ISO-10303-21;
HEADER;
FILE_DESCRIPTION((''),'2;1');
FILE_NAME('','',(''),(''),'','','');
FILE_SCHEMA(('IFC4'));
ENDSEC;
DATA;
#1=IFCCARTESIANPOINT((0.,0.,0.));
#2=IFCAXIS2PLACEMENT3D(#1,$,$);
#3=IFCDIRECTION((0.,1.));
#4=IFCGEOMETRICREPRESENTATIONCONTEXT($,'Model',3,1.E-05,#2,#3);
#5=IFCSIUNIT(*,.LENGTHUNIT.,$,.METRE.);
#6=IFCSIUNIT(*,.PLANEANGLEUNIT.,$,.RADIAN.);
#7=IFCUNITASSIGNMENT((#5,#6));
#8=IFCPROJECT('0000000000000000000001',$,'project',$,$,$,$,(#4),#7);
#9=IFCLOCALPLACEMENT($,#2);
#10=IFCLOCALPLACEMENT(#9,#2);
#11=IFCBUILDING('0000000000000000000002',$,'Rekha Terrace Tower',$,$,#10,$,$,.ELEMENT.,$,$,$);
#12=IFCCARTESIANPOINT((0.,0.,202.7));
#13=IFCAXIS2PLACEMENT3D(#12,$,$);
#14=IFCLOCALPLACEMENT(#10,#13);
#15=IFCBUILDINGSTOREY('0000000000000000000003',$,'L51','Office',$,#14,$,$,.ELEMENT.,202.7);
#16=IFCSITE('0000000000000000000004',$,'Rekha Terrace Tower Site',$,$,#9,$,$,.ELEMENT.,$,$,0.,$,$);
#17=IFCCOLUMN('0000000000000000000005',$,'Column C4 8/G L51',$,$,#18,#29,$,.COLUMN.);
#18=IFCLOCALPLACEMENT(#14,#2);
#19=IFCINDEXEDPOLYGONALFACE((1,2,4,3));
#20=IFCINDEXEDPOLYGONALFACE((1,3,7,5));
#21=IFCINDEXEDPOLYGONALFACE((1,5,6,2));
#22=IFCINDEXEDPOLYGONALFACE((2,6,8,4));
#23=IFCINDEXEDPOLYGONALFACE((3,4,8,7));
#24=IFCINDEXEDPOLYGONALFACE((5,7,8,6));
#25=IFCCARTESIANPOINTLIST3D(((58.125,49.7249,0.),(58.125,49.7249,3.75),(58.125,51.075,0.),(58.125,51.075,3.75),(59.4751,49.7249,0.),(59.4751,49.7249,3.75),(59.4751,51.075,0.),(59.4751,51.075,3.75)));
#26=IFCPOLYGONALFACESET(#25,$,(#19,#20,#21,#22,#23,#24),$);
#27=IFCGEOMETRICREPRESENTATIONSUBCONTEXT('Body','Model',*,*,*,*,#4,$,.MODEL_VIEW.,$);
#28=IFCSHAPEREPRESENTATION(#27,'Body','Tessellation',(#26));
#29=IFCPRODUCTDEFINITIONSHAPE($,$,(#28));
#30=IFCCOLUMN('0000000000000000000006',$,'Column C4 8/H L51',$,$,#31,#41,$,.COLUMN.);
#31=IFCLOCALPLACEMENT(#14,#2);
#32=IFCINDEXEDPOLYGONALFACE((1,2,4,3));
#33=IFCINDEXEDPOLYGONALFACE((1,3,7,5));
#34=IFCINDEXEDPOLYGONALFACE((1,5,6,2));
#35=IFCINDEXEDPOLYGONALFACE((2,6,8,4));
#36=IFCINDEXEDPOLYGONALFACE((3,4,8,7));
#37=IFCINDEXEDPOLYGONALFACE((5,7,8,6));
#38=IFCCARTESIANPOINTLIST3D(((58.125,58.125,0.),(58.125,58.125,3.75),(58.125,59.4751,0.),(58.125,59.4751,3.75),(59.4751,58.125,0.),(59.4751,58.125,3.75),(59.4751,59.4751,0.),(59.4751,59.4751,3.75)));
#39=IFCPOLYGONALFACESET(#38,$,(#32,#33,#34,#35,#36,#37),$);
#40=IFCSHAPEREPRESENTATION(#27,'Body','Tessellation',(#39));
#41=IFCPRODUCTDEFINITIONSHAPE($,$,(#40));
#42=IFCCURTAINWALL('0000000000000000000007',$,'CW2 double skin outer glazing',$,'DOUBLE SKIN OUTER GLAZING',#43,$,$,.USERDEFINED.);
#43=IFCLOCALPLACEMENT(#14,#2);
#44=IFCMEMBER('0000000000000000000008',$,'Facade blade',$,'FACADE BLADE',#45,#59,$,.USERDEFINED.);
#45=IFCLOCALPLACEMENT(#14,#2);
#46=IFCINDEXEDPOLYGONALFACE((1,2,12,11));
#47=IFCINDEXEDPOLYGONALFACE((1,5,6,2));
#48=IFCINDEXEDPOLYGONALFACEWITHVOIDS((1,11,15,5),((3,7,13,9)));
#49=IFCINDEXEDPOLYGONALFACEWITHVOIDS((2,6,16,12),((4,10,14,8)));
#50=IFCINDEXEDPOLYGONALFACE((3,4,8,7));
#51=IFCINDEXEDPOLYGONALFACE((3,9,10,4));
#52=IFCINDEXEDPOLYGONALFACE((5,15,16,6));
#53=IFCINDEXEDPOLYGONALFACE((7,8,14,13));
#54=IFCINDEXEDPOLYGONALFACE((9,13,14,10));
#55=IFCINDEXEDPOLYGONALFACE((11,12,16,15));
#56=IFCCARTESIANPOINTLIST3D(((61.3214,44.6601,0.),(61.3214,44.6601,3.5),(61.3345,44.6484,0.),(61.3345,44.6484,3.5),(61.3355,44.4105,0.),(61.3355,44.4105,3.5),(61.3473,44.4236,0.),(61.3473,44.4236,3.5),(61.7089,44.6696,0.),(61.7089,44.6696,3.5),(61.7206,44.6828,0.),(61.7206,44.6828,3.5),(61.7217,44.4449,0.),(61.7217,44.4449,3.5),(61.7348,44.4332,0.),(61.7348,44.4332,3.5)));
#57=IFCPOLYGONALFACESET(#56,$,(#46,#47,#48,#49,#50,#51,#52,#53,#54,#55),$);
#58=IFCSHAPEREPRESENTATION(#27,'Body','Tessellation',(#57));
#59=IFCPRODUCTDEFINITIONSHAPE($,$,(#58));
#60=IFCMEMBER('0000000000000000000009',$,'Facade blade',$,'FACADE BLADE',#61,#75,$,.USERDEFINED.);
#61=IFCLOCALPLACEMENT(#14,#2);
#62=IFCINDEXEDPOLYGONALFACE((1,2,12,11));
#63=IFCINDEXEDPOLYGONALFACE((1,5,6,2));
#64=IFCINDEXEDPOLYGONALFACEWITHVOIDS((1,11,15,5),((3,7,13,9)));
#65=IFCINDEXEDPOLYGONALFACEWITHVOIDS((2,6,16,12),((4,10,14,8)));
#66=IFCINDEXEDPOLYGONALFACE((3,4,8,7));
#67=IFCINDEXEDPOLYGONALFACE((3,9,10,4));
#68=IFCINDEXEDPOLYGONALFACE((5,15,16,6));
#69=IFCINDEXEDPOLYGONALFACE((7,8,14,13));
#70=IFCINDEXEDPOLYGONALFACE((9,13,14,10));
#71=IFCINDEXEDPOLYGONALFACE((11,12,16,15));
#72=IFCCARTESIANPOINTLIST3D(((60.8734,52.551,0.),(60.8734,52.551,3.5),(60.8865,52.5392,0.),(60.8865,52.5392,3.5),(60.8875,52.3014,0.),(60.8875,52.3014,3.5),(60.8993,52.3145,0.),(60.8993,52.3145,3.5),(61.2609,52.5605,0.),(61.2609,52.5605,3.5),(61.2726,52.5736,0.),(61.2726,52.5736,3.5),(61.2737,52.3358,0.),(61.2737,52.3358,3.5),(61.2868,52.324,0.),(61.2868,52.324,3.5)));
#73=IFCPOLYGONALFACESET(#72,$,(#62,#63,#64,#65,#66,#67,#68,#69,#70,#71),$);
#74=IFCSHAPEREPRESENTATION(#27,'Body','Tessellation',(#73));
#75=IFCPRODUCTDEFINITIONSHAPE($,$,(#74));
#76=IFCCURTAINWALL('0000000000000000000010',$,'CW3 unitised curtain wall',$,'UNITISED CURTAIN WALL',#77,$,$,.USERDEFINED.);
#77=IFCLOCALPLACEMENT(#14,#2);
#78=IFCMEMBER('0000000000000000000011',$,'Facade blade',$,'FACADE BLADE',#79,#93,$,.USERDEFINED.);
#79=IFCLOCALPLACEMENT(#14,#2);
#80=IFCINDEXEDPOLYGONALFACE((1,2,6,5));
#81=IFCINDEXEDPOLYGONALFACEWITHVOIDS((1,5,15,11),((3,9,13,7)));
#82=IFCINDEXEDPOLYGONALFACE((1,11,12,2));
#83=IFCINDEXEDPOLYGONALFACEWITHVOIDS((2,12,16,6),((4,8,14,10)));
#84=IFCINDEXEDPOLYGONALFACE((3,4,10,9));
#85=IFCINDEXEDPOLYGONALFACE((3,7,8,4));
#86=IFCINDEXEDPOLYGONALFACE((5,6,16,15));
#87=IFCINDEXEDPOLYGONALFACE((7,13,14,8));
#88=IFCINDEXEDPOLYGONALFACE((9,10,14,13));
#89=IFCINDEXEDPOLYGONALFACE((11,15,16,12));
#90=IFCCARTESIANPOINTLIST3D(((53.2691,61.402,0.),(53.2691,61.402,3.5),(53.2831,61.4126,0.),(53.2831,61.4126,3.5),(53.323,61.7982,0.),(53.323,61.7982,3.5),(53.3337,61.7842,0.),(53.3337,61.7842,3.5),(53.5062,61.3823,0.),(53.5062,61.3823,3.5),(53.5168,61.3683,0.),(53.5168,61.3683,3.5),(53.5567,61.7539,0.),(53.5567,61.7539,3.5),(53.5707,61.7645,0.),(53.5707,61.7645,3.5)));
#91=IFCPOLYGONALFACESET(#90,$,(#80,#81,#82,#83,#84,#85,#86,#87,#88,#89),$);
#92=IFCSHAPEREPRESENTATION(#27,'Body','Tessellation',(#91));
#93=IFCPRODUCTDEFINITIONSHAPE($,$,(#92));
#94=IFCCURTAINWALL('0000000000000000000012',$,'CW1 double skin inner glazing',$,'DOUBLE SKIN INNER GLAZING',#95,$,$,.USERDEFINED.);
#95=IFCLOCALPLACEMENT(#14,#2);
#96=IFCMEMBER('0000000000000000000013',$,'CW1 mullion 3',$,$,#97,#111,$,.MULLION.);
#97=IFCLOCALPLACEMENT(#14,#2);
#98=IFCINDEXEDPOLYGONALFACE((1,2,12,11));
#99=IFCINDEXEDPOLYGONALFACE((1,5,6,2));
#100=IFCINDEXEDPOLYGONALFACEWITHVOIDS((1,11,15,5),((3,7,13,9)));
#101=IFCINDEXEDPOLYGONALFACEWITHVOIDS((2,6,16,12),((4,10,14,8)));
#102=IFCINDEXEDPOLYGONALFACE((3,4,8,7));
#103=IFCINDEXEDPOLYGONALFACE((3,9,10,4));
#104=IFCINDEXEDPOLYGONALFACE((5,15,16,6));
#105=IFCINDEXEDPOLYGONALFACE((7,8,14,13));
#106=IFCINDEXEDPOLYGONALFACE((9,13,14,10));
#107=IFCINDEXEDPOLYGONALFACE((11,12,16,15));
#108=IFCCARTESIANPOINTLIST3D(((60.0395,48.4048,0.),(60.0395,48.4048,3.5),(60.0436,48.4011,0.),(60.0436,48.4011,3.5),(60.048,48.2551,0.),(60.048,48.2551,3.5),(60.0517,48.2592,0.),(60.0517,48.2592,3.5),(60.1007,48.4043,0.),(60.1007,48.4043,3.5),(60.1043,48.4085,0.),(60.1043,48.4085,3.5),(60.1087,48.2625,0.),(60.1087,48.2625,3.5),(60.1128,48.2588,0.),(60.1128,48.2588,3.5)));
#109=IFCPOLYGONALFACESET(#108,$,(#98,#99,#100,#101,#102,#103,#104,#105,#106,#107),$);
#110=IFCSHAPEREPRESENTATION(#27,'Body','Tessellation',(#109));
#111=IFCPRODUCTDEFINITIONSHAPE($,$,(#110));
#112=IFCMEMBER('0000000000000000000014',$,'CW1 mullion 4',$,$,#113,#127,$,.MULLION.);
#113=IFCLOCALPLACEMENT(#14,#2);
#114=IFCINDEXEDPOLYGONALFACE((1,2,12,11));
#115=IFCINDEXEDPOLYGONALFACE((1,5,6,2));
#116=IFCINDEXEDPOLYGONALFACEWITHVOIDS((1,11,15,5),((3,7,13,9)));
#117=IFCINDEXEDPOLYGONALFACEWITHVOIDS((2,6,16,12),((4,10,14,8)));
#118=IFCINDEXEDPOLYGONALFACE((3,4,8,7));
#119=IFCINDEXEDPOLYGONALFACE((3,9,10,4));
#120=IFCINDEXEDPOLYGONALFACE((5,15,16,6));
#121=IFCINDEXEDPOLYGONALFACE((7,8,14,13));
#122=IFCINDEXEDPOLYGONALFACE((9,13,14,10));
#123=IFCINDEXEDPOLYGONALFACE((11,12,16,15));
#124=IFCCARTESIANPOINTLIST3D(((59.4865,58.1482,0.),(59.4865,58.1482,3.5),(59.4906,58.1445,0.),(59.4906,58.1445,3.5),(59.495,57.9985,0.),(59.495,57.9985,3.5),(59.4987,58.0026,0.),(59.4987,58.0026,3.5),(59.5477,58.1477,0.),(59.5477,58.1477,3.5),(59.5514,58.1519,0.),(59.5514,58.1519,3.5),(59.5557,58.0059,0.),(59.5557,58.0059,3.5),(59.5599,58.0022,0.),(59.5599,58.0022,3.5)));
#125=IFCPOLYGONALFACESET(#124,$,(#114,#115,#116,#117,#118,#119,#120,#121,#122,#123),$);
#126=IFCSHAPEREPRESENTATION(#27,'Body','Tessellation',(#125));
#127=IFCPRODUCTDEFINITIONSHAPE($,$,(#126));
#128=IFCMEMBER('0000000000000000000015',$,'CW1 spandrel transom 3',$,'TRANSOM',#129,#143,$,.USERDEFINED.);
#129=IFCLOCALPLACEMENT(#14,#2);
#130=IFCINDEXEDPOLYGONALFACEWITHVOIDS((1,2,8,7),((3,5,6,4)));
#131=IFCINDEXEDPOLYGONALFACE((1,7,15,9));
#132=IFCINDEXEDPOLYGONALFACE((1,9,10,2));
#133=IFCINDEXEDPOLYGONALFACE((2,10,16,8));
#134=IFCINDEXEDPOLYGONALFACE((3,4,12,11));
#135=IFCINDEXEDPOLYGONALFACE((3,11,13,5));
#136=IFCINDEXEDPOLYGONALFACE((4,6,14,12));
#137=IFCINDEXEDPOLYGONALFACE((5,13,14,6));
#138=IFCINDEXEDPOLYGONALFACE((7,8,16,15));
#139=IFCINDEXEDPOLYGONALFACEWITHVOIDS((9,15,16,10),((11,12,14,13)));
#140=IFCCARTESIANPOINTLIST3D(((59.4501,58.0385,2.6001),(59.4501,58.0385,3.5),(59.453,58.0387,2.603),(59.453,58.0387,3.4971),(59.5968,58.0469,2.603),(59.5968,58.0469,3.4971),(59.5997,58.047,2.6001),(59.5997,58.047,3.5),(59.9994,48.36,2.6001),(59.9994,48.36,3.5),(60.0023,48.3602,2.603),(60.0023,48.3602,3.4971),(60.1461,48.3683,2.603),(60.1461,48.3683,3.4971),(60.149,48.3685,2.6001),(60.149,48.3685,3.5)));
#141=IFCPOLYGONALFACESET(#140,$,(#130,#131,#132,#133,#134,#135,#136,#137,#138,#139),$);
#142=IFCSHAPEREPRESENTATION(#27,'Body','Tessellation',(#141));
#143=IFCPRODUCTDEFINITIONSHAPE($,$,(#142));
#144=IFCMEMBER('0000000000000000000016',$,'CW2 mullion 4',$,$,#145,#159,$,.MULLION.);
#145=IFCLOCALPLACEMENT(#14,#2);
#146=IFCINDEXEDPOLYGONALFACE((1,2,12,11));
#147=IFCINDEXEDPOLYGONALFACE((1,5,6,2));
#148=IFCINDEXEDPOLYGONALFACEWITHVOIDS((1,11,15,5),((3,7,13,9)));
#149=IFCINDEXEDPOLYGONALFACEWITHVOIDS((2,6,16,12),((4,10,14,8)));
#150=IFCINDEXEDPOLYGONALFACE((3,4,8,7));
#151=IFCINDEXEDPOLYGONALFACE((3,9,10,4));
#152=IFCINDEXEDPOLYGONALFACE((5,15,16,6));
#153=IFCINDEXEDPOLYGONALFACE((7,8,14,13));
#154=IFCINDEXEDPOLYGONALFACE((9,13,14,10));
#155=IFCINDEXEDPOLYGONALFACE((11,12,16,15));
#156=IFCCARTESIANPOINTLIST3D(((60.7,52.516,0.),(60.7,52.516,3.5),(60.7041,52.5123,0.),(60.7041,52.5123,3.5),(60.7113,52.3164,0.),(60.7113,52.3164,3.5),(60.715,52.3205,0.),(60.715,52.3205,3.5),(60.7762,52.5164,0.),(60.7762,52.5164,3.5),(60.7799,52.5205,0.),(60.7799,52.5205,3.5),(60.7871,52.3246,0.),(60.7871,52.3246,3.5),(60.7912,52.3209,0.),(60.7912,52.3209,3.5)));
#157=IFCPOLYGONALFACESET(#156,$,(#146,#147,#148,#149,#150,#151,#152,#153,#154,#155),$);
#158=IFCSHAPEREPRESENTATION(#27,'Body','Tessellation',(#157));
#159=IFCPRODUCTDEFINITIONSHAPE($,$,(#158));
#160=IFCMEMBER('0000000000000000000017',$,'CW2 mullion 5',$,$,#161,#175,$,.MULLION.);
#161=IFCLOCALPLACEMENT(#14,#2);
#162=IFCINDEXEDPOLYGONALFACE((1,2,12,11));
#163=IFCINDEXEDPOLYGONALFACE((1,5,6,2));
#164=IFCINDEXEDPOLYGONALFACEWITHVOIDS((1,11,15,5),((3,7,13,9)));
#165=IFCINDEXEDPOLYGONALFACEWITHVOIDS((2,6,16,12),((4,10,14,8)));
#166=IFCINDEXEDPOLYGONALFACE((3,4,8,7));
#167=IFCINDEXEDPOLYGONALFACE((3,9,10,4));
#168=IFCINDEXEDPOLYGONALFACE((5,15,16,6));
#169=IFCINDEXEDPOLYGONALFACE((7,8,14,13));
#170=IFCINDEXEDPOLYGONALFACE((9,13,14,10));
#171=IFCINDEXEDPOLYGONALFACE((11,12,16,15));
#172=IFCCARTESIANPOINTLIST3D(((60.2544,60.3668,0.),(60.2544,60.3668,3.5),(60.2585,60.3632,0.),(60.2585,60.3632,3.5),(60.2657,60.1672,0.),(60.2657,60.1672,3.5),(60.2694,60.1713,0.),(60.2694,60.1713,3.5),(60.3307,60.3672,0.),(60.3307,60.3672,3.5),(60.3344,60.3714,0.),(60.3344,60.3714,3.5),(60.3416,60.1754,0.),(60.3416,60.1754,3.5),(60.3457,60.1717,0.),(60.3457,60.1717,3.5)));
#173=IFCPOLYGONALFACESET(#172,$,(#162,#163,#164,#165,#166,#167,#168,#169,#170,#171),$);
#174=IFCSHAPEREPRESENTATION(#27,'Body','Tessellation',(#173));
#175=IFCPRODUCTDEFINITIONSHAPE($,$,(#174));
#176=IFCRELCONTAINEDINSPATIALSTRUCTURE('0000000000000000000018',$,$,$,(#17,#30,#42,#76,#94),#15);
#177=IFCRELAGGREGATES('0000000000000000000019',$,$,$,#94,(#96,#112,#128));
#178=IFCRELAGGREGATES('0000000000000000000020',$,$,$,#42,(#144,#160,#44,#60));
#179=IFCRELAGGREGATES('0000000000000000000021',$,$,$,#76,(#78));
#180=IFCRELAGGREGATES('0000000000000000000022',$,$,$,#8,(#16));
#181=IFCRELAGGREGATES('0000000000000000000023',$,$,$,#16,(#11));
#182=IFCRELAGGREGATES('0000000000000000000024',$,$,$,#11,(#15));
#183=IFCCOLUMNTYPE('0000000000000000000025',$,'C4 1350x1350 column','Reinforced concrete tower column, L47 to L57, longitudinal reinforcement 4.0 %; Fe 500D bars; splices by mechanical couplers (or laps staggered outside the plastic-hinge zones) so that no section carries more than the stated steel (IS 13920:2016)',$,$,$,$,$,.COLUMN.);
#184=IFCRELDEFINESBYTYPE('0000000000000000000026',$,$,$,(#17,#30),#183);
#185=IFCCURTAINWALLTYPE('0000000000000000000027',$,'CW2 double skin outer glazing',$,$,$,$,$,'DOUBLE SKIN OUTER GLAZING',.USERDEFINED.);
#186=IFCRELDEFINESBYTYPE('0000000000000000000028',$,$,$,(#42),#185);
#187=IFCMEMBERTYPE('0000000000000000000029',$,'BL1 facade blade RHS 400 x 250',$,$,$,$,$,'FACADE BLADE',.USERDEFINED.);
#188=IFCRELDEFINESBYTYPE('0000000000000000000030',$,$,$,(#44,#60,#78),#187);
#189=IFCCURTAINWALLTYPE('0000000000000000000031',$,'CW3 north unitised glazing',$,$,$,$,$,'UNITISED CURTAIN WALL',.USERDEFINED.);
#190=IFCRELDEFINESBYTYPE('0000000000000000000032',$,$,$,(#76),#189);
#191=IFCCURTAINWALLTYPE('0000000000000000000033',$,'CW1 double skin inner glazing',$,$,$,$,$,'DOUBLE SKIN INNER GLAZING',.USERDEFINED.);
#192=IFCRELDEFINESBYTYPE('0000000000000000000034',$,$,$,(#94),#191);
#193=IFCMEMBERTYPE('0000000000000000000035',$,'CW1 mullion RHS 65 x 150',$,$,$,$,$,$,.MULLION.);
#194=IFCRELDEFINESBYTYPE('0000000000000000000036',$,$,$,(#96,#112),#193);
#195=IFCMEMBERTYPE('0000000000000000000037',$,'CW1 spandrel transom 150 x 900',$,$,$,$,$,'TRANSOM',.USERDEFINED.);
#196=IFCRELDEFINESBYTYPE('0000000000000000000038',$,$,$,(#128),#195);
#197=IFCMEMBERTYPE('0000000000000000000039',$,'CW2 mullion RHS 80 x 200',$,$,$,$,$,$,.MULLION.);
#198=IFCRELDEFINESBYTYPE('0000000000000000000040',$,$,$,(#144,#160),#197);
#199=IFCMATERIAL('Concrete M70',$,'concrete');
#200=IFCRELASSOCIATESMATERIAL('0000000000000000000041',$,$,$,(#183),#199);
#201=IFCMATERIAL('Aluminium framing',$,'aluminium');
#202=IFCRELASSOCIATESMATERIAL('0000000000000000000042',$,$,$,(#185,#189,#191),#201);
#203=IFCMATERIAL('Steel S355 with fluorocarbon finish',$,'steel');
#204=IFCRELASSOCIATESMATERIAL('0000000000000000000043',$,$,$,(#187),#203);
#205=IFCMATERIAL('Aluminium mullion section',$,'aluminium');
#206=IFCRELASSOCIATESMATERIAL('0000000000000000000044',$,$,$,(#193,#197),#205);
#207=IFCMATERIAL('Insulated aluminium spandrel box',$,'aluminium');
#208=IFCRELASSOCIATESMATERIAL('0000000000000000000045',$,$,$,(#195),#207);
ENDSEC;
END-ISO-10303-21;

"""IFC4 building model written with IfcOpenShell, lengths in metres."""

from ifc_helpers import new_model, si_unit, direction, frame, origin, origin_2d, place, context, subcontext, project, spatial, rectangle, hollow_rectangle, extrude, material, material_profile, profile_set, type_object, element, aggregate, save


model = new_model("IFC4")

# Units and contexts
model_context = context("Model", 3, precision=1e-05, world=origin(), true_north=direction((0.0, 1.0)))
body_context = subcontext(model_context, "Body", "Model", "MODEL_VIEW")
ifc_project = project(units=[si_unit("LENGTHUNIT", "METRE"), si_unit("PLANEANGLEUNIT", "RADIAN")], contexts=[model_context])

# Site, building, storey
site_placement = place(None, origin())
site = spatial("IfcSite", under=ifc_project, at=site_placement, Name="Rekha Terrace Tower Site", CompositionType="ELEMENT", RefElevation=0.0)
building_placement = place(site_placement, origin())
building = spatial("IfcBuilding", under=site, at=building_placement, Name="Rekha Terrace Tower", CompositionType="ELEMENT")
storey_placement = place(building_placement, frame((0.0, 0.0, 202.7)))
storey = spatial("IfcBuildingStorey", under=building, at=storey_placement, Name="L51", Description="Office", CompositionType="ELEMENT", Elevation=202.7)

# Columns
ifc_material_1 = material(Name="Concrete M70", Category="concrete")
ifc_material_profile_1 = material_profile(ifc_material_1, rectangle(XDim=1.3501, YDim=1.3501, at=origin_2d()), Name="RC 1350x1350")
ifc_profile_set_1 = profile_set([ifc_material_profile_1], Name="Concrete M70")
column_type = type_object("IfcColumnType", Name="C4 1350x1350 column", Description="Reinforced concrete tower column, L47 to L57, longitudinal reinforcement 4.0 %; Fe 500D bars; splices by mechanical couplers (or laps staggered outside the plastic-hinge zones) so that no section carries more than the stated steel (IS 13920:2016)", PredefinedType="COLUMN", material=ifc_profile_set_1)
for number, where, z_axis, x_axis, name in (
    (1, (58.8, 50.3999, 0.0), (0.0, 0.0, 1.0), (1.0, 0.0, 0.0), "Column C4 8/G L51"),
    (2, (58.8, 58.8, 0.0), (0.0, 0.0, 1.0), (1.0, 0.0, 0.0), "Column C4 8/H L51"),
):
    element("IfcColumn", number, at=place(storey_placement, frame(where, z_axis=z_axis, x_axis=x_axis)), inside=storey, type_object=column_type, Name=name, PredefinedType="COLUMN", context=body_context, shape_type="SweptSolid", body=[
        extrude(rectangle(XDim=1.3501, YDim=1.3501, at=origin_2d()), origin(), (0.0, 0.0, 1.0), 3.75),
    ])

# Curtain wall, members
ifc_material_2 = material(Name="Aluminium framing", Category="aluminium")
curtain_wall_type_1 = type_object("IfcCurtainWallType", Name="CW2 double skin outer glazing", ElementType="DOUBLE SKIN OUTER GLAZING", PredefinedType="USERDEFINED", material=ifc_material_2)
curtain_wall_1_placement = place(storey_placement, origin())
curtain_wall_1 = element("IfcCurtainWall", 3, at=curtain_wall_1_placement, inside=storey, type_object=curtain_wall_type_1, Name="CW2 double skin outer glazing", ObjectType="DOUBLE SKIN OUTER GLAZING", PredefinedType="USERDEFINED")
ifc_material_3 = material(Name="Steel S355 with fluorocarbon finish", Category="steel")
ifc_material_profile_2 = material_profile(ifc_material_3, hollow_rectangle(XDim=0.25, YDim=0.3999, WallThickness=0.0125, at=origin_2d()), Name="RHS400x250x12.5")
ifc_profile_set_2 = profile_set([ifc_material_profile_2], Name="Steel S355 with fluorocarbon finish")
member_type_1 = type_object("IfcMemberType", Name="BL1 facade blade RHS 400 x 250", ElementType="FACADE BLADE", PredefinedType="USERDEFINED", material=ifc_profile_set_2)
member_1_placement = place(storey_placement, frame((61.5281, 44.5466, 0.0), z_axis=(0.0, 0.0, 1.0), x_axis=(-0.056674, 0.998393, 0.0)))
member_1 = element("IfcMember", 4, at=member_1_placement, type_object=member_type_1, Name="Facade blade", ObjectType="FACADE BLADE", PredefinedType="USERDEFINED", context=body_context, shape_type="SweptSolid", body=[
    extrude(hollow_rectangle(XDim=0.25, YDim=0.3999, WallThickness=0.0125, at=origin_2d()), origin(), (0.0, 0.0, 1.0), 3.5),
])
member_2_placement = place(storey_placement, frame((61.0801, 52.4375, 0.0), z_axis=(0.0, 0.0, 1.0), x_axis=(-0.056674, 0.998393, 0.0)))
member_2 = element("IfcMember", 5, at=member_2_placement, type_object=member_type_1, Name="Facade blade", ObjectType="FACADE BLADE", PredefinedType="USERDEFINED", context=body_context, shape_type="SweptSolid", body=[
    extrude(hollow_rectangle(XDim=0.25, YDim=0.3999, WallThickness=0.0125, at=origin_2d()), origin(), (0.0, 0.0, 1.0), 3.5),
])

# Curtain wall, member
curtain_wall_type_2 = type_object("IfcCurtainWallType", Name="CW3 north unitised glazing", ElementType="UNITISED CURTAIN WALL", PredefinedType="USERDEFINED", material=ifc_material_2)
curtain_wall_2_placement = place(storey_placement, origin())
curtain_wall_2 = element("IfcCurtainWall", 6, at=curtain_wall_2_placement, inside=storey, type_object=curtain_wall_type_2, Name="CW3 unitised curtain wall", ObjectType="UNITISED CURTAIN WALL", PredefinedType="USERDEFINED")
member_3_placement = place(storey_placement, frame((53.4199, 61.5833, 0.0), z_axis=(0.0, 0.0, 1.0), x_axis=(-0.990867, 0.134841, 0.0)))
member_3 = element("IfcMember", 7, at=member_3_placement, type_object=member_type_1, Name="Facade blade", ObjectType="FACADE BLADE", PredefinedType="USERDEFINED", context=body_context, shape_type="SweptSolid", body=[
    extrude(hollow_rectangle(XDim=0.25, YDim=0.3999, WallThickness=0.0125, at=origin_2d()), origin(), (0.0, 0.0, 1.0), 3.5),
])

# Curtain wall, members
curtain_wall_type_3 = type_object("IfcCurtainWallType", Name="CW1 double skin inner glazing", ElementType="DOUBLE SKIN INNER GLAZING", PredefinedType="USERDEFINED", material=ifc_material_2)
curtain_wall_3_placement = place(storey_placement, origin())
curtain_wall_3 = element("IfcCurtainWall", 8, at=curtain_wall_3_placement, inside=storey, type_object=curtain_wall_type_3, Name="CW1 double skin inner glazing", ObjectType="DOUBLE SKIN INNER GLAZING", PredefinedType="USERDEFINED")
ifc_material_4 = material(Name="Aluminium mullion section", Category="aluminium")
ifc_material_profile_3 = material_profile(ifc_material_4, hollow_rectangle(XDim=0.0649, YDim=0.1499, WallThickness=0.0039, at=origin_2d()), Name="AL RHS 65x150")
ifc_profile_set_3 = profile_set([ifc_material_profile_3], Name="Aluminium mullion section")
member_type_2 = type_object("IfcMemberType", Name="CW1 mullion RHS 65 x 150", PredefinedType="MULLION", material=ifc_profile_set_3)
member_4_placement = place(storey_placement, frame((60.0762, 48.3318, 0.0), z_axis=(0.0, 0.0, 1.0), x_axis=(-0.998393, -0.056673, 0.0)))
member_4 = element("IfcMember", 9, at=member_4_placement, type_object=member_type_2, Name="CW1 mullion 3", PredefinedType="MULLION", context=body_context, shape_type="SweptSolid", body=[
    extrude(hollow_rectangle(XDim=0.0649, YDim=0.1499, WallThickness=0.0039, at=origin_2d()), origin(), (0.0, 0.0, 1.0), 3.5),
])
member_5_placement = place(storey_placement, frame((59.5232, 58.0752, 0.0), z_axis=(0.0, 0.0, 1.0), x_axis=(-0.998393, -0.056673, 0.0)))
member_5 = element("IfcMember", 10, at=member_5_placement, type_object=member_type_2, Name="CW1 mullion 4", PredefinedType="MULLION", context=body_context, shape_type="SweptSolid", body=[
    extrude(hollow_rectangle(XDim=0.0649, YDim=0.1499, WallThickness=0.0039, at=origin_2d()), origin(), (0.0, 0.0, 1.0), 3.5),
])
ifc_material_5 = material(Name="Insulated aluminium spandrel box", Category="aluminium")
ifc_material_profile_4 = material_profile(ifc_material_5, hollow_rectangle(XDim=0.1499, YDim=0.8999, WallThickness=0.0029, at=origin_2d()), Name="AL SPANDREL BOX 150x900")
ifc_profile_set_4 = profile_set([ifc_material_profile_4], Name="Insulated aluminium spandrel box")
member_type_3 = type_object("IfcMemberType", Name="CW1 spandrel transom 150 x 900", ElementType="TRANSOM", PredefinedType="USERDEFINED", material=ifc_profile_set_4)
member_6_placement = place(storey_placement, frame((60.0742, 48.3643, 3.05), z_axis=(-0.056665, 0.998393, 0.0), x_axis=(-0.998393, -0.056665, 0.0)))
member_6 = element("IfcMember", 11, at=member_6_placement, type_object=member_type_3, Name="CW1 spandrel transom 3", ObjectType="TRANSOM", PredefinedType="USERDEFINED", context=body_context, shape_type="SweptSolid", body=[
    extrude(hollow_rectangle(XDim=0.1499, YDim=0.8999, WallThickness=0.0029, at=origin_2d()), origin(), (0.0, 0.0, 1.0), 9.6941),
])

# Members
ifc_material_profile_5 = material_profile(ifc_material_4, hollow_rectangle(XDim=0.0801, YDim=0.2, WallThickness=0.0039, at=origin_2d()), Name="AL RHS 80x200")
ifc_profile_set_5 = profile_set([ifc_material_profile_5], Name="Aluminium mullion section")
member_type_4 = type_object("IfcMemberType", Name="CW2 mullion RHS 80 x 200", PredefinedType="MULLION", material=ifc_profile_set_5)
member_7_placement = place(storey_placement, frame((60.7456, 52.4185, 0.0), z_axis=(0.0, 0.0, 1.0), x_axis=(-0.998393, -0.056673, 0.0)))
member_7 = element("IfcMember", 12, at=member_7_placement, type_object=member_type_4, Name="CW2 mullion 4", PredefinedType="MULLION", context=body_context, shape_type="SweptSolid", body=[
    extrude(hollow_rectangle(XDim=0.0801, YDim=0.2, WallThickness=0.0039, at=origin_2d()), origin(), (0.0, 0.0, 1.0), 3.5),
])
member_8_placement = place(storey_placement, frame((60.3, 60.2693, 0.0), z_axis=(0.0, 0.0, 1.0), x_axis=(-0.998393, -0.056673, 0.0)))
member_8 = element("IfcMember", 13, at=member_8_placement, type_object=member_type_4, Name="CW2 mullion 5", PredefinedType="MULLION", context=body_context, shape_type="SweptSolid", body=[
    extrude(hollow_rectangle(XDim=0.0801, YDim=0.2, WallThickness=0.0039, at=origin_2d()), origin(), (0.0, 0.0, 1.0), 3.5),
])

aggregate(curtain_wall_3, [member_4, member_5, member_6])
aggregate(curtain_wall_1, [member_7, member_8, member_1, member_2])
aggregate(curtain_wall_2, [member_3])

save(model, "model.ifc")
